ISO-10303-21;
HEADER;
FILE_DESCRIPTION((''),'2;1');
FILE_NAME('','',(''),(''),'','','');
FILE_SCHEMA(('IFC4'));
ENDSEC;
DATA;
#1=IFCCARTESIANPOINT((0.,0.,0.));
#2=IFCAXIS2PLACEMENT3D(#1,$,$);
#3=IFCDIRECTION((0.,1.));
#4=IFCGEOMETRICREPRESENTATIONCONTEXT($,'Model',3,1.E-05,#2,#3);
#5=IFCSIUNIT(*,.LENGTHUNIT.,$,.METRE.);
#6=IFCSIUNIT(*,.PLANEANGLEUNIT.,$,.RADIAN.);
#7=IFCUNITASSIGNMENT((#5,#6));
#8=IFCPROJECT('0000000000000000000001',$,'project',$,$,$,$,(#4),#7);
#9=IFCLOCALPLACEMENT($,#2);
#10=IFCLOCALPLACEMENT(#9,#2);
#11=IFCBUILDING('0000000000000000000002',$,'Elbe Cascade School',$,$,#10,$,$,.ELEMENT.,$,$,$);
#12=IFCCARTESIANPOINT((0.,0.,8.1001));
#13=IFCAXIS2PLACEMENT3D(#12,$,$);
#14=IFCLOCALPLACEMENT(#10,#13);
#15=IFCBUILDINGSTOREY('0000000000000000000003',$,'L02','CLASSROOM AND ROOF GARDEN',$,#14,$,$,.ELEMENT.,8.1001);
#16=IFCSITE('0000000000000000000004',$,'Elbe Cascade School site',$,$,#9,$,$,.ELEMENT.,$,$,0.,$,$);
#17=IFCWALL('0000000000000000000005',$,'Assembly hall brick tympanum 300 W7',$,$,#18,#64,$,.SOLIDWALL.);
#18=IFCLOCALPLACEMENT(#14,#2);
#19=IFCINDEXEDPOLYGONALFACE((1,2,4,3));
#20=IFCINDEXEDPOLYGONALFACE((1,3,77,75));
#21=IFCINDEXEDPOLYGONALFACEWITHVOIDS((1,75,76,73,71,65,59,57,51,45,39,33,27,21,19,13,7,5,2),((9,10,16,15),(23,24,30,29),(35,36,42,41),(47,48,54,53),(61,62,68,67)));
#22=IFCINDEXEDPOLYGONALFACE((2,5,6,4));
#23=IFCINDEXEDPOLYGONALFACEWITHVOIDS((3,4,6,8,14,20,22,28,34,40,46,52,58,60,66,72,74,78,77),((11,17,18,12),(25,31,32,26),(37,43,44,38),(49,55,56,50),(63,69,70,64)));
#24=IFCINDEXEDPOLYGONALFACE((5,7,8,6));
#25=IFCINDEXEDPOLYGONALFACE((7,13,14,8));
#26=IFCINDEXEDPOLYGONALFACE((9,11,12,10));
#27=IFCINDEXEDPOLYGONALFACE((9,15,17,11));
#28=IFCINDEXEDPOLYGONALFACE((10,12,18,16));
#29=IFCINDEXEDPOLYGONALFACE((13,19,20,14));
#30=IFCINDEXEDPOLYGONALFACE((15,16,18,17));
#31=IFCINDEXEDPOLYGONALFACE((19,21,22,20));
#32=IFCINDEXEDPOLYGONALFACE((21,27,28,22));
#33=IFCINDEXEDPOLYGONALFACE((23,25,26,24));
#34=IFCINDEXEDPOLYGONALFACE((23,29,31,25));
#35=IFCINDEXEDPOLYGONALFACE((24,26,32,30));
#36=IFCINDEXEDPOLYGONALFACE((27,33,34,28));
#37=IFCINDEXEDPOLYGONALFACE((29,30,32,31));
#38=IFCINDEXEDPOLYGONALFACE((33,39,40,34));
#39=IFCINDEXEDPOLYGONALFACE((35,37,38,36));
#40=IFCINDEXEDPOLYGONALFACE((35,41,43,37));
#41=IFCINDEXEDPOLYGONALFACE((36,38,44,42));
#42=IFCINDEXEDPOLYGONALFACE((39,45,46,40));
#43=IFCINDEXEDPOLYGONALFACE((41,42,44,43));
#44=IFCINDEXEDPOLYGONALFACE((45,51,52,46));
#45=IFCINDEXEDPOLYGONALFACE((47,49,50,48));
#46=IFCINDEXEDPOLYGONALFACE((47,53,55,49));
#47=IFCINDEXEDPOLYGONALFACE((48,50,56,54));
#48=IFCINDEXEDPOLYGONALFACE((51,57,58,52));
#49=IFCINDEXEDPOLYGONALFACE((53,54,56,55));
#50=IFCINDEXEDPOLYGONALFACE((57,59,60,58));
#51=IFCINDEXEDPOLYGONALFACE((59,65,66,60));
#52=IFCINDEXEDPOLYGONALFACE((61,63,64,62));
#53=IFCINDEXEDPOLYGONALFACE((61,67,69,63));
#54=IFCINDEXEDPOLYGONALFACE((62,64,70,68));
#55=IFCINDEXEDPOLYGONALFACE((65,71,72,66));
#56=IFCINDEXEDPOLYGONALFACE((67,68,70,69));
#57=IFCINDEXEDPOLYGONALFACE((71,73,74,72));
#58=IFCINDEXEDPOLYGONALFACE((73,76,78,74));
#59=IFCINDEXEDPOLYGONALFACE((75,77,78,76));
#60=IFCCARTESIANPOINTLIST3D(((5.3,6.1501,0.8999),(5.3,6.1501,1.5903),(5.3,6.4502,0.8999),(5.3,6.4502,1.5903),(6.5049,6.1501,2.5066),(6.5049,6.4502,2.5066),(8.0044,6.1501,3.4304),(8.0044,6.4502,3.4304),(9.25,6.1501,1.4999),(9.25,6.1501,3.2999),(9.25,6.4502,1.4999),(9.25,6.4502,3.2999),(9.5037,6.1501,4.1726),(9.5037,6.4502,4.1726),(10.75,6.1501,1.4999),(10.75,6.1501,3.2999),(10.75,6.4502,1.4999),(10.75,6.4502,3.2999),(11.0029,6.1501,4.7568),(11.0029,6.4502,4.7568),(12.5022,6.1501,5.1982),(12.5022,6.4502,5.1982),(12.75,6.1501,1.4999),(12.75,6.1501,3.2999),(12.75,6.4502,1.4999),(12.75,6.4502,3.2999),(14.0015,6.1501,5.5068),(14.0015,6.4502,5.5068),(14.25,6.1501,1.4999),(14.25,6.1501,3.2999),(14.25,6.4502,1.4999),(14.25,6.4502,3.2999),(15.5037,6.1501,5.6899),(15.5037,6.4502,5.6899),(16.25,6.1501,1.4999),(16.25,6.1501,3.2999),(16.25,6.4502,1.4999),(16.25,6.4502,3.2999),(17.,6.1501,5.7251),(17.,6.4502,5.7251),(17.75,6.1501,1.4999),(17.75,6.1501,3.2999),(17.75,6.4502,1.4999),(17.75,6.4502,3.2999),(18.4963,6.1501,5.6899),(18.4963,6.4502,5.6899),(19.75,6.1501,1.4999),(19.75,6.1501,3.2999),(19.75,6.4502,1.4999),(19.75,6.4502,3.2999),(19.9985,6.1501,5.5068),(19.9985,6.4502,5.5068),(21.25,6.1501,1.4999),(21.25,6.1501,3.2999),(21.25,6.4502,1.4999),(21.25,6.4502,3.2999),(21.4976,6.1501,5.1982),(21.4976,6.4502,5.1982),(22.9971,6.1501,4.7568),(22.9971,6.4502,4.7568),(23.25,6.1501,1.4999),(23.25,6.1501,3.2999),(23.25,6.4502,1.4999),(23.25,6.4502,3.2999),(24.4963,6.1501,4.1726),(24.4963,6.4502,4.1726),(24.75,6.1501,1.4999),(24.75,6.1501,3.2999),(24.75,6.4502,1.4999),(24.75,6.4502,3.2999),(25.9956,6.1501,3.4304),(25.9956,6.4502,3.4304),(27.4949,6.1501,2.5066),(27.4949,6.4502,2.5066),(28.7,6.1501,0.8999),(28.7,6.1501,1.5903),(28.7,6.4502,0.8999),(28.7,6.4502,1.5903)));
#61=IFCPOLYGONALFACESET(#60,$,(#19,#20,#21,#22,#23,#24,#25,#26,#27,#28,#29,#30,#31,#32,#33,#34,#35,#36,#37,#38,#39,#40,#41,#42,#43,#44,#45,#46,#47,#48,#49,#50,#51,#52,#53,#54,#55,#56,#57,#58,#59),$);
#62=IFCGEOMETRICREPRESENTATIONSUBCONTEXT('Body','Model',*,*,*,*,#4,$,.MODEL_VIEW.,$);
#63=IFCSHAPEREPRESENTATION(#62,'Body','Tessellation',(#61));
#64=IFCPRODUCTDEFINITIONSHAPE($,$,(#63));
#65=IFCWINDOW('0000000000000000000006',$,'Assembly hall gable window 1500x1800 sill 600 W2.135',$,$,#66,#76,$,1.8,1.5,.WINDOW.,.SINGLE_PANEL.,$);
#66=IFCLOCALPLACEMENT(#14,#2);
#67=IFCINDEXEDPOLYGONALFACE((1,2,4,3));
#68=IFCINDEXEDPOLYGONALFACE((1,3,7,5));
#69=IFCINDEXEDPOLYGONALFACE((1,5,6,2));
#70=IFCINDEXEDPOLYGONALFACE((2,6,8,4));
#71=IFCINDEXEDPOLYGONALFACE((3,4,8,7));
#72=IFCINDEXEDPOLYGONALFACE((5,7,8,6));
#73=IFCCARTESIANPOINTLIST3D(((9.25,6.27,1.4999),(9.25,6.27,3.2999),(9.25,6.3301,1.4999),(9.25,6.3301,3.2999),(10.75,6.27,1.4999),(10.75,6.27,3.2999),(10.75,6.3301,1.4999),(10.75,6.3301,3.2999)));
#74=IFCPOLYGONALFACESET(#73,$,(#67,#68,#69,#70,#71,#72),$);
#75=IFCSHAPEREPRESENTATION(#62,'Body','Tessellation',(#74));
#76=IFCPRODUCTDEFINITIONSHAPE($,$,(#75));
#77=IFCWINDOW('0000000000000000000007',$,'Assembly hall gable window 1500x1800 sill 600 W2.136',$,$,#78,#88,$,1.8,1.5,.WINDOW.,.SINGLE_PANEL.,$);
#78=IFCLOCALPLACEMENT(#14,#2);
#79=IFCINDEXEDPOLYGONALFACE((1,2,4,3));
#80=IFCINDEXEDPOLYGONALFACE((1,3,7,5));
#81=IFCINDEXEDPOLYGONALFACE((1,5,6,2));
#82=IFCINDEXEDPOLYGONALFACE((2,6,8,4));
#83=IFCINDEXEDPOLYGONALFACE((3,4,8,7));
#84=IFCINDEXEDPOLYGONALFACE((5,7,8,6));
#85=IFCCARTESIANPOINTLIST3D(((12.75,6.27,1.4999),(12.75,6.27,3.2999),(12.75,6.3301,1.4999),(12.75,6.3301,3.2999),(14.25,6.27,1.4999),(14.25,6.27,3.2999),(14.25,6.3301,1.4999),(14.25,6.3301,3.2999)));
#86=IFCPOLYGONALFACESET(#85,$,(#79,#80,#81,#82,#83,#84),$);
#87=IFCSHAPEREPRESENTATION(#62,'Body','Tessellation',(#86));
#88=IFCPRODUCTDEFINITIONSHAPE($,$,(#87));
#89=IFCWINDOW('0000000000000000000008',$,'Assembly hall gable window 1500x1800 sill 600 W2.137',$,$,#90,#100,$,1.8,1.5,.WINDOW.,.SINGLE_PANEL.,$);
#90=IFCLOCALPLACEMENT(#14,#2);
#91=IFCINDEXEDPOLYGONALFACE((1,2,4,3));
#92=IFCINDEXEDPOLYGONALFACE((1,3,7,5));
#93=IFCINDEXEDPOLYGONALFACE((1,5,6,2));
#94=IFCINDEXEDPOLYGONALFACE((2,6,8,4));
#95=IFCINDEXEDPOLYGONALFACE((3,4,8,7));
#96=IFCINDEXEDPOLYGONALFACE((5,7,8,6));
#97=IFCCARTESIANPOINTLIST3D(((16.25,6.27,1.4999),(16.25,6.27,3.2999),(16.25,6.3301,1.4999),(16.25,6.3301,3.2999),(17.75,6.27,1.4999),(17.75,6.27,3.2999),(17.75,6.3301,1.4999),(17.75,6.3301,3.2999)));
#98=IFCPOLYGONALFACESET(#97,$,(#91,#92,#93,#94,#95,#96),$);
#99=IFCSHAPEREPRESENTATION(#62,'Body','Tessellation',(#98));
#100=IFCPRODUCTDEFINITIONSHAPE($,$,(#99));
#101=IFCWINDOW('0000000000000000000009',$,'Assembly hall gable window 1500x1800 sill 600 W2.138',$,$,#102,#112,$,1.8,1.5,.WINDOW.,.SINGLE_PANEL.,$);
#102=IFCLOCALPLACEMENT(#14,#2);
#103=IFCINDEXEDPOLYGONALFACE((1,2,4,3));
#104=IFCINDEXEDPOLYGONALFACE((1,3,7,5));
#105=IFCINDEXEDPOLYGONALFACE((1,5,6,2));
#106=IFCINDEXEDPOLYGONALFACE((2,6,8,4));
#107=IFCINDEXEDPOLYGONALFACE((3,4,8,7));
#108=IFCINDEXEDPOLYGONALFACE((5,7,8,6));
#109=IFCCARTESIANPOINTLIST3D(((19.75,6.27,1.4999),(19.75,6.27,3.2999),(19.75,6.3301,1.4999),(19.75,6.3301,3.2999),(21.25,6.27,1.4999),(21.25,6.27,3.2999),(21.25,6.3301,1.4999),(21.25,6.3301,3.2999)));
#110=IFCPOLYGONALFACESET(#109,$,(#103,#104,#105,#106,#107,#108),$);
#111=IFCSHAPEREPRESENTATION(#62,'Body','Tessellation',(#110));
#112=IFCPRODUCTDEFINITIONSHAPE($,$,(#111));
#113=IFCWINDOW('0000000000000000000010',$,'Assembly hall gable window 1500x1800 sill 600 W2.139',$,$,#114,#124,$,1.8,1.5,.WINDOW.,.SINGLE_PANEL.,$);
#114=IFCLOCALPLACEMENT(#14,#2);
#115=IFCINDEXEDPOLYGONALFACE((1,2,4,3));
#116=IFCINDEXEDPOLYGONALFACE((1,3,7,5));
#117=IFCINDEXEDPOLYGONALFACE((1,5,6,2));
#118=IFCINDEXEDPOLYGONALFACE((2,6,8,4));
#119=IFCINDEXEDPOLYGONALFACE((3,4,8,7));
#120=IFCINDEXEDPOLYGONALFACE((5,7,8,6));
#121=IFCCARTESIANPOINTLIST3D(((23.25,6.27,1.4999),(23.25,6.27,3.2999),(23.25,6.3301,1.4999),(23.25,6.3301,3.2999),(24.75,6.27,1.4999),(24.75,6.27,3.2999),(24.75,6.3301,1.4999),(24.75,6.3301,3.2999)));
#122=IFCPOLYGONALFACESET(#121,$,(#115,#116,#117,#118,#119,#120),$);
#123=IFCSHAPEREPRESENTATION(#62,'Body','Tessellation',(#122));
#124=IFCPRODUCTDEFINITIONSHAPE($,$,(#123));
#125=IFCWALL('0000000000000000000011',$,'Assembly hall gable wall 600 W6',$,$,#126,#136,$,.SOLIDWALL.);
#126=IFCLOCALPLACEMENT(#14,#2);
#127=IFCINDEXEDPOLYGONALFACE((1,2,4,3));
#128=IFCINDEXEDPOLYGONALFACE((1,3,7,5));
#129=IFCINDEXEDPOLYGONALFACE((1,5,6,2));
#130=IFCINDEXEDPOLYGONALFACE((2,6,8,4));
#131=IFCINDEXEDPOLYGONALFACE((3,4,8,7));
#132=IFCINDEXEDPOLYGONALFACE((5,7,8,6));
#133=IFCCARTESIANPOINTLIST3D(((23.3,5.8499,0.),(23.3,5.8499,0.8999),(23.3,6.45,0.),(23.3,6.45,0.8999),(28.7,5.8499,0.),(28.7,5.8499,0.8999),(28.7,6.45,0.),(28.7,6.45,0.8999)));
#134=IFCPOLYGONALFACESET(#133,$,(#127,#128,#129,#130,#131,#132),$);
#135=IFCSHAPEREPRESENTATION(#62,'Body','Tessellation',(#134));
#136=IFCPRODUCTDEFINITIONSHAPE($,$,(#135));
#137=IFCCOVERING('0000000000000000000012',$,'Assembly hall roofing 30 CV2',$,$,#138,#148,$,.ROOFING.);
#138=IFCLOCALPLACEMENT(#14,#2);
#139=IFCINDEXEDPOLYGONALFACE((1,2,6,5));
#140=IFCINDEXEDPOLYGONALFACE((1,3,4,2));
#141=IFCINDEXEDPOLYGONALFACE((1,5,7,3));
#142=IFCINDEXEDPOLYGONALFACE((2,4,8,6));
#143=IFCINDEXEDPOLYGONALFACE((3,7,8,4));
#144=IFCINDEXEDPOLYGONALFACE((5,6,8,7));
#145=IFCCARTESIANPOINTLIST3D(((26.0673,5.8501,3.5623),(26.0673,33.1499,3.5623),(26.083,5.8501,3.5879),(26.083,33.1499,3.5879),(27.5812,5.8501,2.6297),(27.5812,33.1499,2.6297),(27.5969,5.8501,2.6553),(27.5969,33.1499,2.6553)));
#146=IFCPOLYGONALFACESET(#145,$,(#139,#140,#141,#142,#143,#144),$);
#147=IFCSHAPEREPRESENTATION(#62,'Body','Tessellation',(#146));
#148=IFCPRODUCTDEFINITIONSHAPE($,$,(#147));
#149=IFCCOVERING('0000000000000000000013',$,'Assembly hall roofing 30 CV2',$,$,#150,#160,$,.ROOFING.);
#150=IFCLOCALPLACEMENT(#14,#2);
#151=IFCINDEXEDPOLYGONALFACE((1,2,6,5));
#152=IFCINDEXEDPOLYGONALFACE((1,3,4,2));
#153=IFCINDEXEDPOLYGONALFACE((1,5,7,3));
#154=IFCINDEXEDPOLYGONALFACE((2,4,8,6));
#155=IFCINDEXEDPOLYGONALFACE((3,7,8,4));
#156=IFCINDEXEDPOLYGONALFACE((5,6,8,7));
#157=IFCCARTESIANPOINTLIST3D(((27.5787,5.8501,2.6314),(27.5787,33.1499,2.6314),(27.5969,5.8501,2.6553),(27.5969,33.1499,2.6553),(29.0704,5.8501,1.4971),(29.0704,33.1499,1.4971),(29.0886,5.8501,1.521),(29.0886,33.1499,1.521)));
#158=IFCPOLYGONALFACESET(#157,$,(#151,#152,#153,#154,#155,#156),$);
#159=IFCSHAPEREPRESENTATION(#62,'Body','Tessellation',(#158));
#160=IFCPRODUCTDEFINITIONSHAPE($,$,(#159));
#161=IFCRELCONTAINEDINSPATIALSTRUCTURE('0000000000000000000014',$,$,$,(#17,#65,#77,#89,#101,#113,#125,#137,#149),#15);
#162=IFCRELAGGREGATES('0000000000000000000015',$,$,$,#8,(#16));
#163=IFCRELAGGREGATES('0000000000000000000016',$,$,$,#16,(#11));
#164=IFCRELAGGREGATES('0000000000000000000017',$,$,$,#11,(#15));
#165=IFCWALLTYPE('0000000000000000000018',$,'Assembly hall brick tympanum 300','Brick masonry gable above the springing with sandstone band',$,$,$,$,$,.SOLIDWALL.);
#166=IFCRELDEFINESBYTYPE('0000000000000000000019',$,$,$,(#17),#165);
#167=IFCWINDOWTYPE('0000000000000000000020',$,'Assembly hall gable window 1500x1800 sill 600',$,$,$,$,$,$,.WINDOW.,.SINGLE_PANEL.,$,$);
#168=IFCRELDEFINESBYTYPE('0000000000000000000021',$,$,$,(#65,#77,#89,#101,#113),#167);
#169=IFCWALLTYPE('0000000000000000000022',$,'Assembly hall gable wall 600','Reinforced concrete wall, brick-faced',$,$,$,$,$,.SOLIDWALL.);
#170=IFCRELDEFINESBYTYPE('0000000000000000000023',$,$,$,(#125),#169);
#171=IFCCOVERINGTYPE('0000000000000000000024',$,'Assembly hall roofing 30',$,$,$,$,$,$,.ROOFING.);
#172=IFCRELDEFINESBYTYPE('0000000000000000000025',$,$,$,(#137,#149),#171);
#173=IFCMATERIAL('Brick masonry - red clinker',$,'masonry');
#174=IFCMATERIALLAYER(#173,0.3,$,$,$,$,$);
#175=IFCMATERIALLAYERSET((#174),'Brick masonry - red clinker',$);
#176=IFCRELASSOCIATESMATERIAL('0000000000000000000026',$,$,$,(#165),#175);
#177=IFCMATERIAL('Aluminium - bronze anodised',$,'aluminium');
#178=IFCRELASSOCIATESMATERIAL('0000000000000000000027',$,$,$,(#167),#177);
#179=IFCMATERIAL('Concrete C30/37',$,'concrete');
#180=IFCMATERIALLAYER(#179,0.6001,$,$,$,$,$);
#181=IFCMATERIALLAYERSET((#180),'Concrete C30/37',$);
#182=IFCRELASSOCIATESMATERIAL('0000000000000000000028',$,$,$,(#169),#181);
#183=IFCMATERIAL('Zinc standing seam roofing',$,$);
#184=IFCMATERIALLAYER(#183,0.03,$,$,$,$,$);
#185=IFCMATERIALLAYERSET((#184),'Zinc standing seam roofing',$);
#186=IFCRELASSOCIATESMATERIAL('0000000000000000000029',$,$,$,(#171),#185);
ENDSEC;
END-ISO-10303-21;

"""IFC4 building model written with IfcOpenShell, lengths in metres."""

from ifc_helpers import new_model, si_unit, direction, frame, frame_2d, origin, place, context, subcontext, project, spatial, polyline, rectangle, outline, extrude, material, layer, layer_set, type_object, element, fill, save


model = new_model("IFC4")

# Units and contexts
model_context = context("Model", 3, precision=1e-05, world=origin(), true_north=direction((0.0, 1.0)))
body_context = subcontext(model_context, "Body", "Model", "MODEL_VIEW")
ifc_project = project(units=[si_unit("LENGTHUNIT", "METRE"), si_unit("PLANEANGLEUNIT", "RADIAN")], contexts=[model_context])

# Site, building, storey
site_placement = place(None, origin())
site = spatial("IfcSite", under=ifc_project, at=site_placement, Name="Elbe Cascade School site", CompositionType="ELEMENT", RefElevation=0.0)
building_placement = place(site_placement, origin())
building = spatial("IfcBuilding", under=site, at=building_placement, Name="Elbe Cascade School", CompositionType="ELEMENT")
storey_placement = place(building_placement, frame((0.0, 0.0, 8.1001)))
storey = spatial("IfcBuildingStorey", under=building, at=storey_placement, Name="L02", Description="CLASSROOM AND ROOF GARDEN", CompositionType="ELEMENT", Elevation=8.1001)

# Wall, openings, windows
ifc_material_1 = material(Name="Brick masonry - red clinker", Category="masonry")
ifc_layer_1 = layer(ifc_material_1, 0.3)
ifc_layer_set_1 = layer_set([ifc_layer_1], Name="Brick masonry - red clinker")
wall_type_1 = type_object("IfcWallType", Name="Assembly hall brick tympanum 300", Description="Brick masonry gable above the springing with sandstone band", PredefinedType="SOLIDWALL", material=ifc_layer_set_1)
wall_1_placement = place(storey_placement, frame((28.7, 6.3, 0.8999), z_axis=(0.0, 0.0, 1.0), x_axis=(-1.0, 0.0, 0.0)))
wall_1 = element("IfcWall", 1, at=wall_1_placement, inside=storey, type_object=wall_type_1, Name="Assembly hall brick tympanum 300 W7", PredefinedType="SOLIDWALL", context=body_context, shape_type="SweptSolid", body=[
    extrude(outline(polyline([(0.0, 0.0), (23.3999, 0.0), (23.3999, 0.6904), (22.1951, 1.6067), (20.6956, 2.5305), (19.1963, 3.2727), (17.697, 3.8569), (16.1978, 4.2983), (14.6985, 4.6069), (13.1963, 4.79), (11.7, 4.8252), (10.2036, 4.79), (8.7014, 4.6069), (7.2024, 4.2983), (5.7029, 3.8569), (4.2036, 3.2727), (2.7043, 2.5305), (1.2051, 1.6067), (0.0, 0.6904), (0.0, 0.0)])), frame((0.0, 0.1499, 0.0), z_axis=(0.0, -1.0, 0.0), x_axis=(1.0, 0.0, 0.0)), (0.0, 0.0, 1.0), 0.3),
])
opening_1_placement = place(wall_1_placement, frame((17.95, 0.0, 0.6001)))
opening_1 = element("IfcOpeningElement", 2, at=opening_1_placement, cuts=wall_1, PredefinedType="OPENING", context=body_context, shape_type="SweptSolid", body=[
    extrude(rectangle(XDim=1.5, YDim=1.8, at=frame_2d((0.75, 0.8999))), frame((0.0, 0.1599, 0.0), z_axis=(0.0, -1.0, 0.0), x_axis=(1.0, 0.0, 0.0)), (0.0, 0.0, 1.0), 0.3201),
])
opening_2_placement = place(wall_1_placement, frame((14.45, 0.0, 0.6001)))
opening_2 = element("IfcOpeningElement", 3, at=opening_2_placement, cuts=wall_1, PredefinedType="OPENING", context=body_context, shape_type="SweptSolid", body=[
    extrude(rectangle(XDim=1.5, YDim=1.8, at=frame_2d((0.75, 0.8999))), frame((0.0, 0.1599, 0.0), z_axis=(0.0, -1.0, 0.0), x_axis=(1.0, 0.0, 0.0)), (0.0, 0.0, 1.0), 0.3201),
])
opening_3_placement = place(wall_1_placement, frame((10.95, 0.0, 0.6001)))
opening_3 = element("IfcOpeningElement", 4, at=opening_3_placement, cuts=wall_1, PredefinedType="OPENING", context=body_context, shape_type="SweptSolid", body=[
    extrude(rectangle(XDim=1.5, YDim=1.8, at=frame_2d((0.75, 0.8999))), frame((0.0, 0.1599, 0.0), z_axis=(0.0, -1.0, 0.0), x_axis=(1.0, 0.0, 0.0)), (0.0, 0.0, 1.0), 0.3201),
])
opening_4_placement = place(wall_1_placement, frame((7.45, 0.0, 0.6001)))
opening_4 = element("IfcOpeningElement", 5, at=opening_4_placement, cuts=wall_1, PredefinedType="OPENING", context=body_context, shape_type="SweptSolid", body=[
    extrude(rectangle(XDim=1.5, YDim=1.8, at=frame_2d((0.75, 0.8999))), frame((0.0, 0.1599, 0.0), z_axis=(0.0, -1.0, 0.0), x_axis=(1.0, 0.0, 0.0)), (0.0, 0.0, 1.0), 0.3201),
])
opening_5_placement = place(wall_1_placement, frame((3.95, 0.0, 0.6001)))
opening_5 = element("IfcOpeningElement", 6, at=opening_5_placement, cuts=wall_1, PredefinedType="OPENING", context=body_context, shape_type="SweptSolid", body=[
    extrude(rectangle(XDim=1.5, YDim=1.8, at=frame_2d((0.75, 0.8999))), frame((0.0, 0.1599, 0.0), z_axis=(0.0, -1.0, 0.0), x_axis=(1.0, 0.0, 0.0)), (0.0, 0.0, 1.0), 0.3201),
])
ifc_material_2 = material(Name="Aluminium - bronze anodised", Category="aluminium")
window_type = type_object("IfcWindowType", Name="Assembly hall gable window 1500x1800 sill 600", PartitioningType="SINGLE_PANEL", PredefinedType="WINDOW", material=ifc_material_2)
window_1_placement = place(opening_1_placement, origin())
window_1 = element("IfcWindow", 7, at=window_1_placement, inside=storey, type_object=window_type, Name="Assembly hall gable window 1500x1800 sill 600 W2.135", OverallHeight=1.8, OverallWidth=1.5, PartitioningType="SINGLE_PANEL", PredefinedType="WINDOW", context=body_context, shape_type="SweptSolid", body=[
    extrude(rectangle(XDim=1.5, YDim=1.8, at=frame_2d((0.75, 0.8999))), frame((0.0, 0.03, 0.0), z_axis=(0.0, -1.0, 0.0), x_axis=(1.0, 0.0, 0.0)), (0.0, 0.0, 1.0), 0.0601),
])
fill(opening_1, window_1)
window_2_placement = place(opening_2_placement, origin())
window_2 = element("IfcWindow", 8, at=window_2_placement, inside=storey, type_object=window_type, Name="Assembly hall gable window 1500x1800 sill 600 W2.136", OverallHeight=1.8, OverallWidth=1.5, PartitioningType="SINGLE_PANEL", PredefinedType="WINDOW", context=body_context, shape_type="SweptSolid", body=[
    extrude(rectangle(XDim=1.5, YDim=1.8, at=frame_2d((0.75, 0.8999))), frame((0.0, 0.03, 0.0), z_axis=(0.0, -1.0, 0.0), x_axis=(1.0, 0.0, 0.0)), (0.0, 0.0, 1.0), 0.0601),
])
fill(opening_2, window_2)
window_3_placement = place(opening_3_placement, origin())
window_3 = element("IfcWindow", 9, at=window_3_placement, inside=storey, type_object=window_type, Name="Assembly hall gable window 1500x1800 sill 600 W2.137", OverallHeight=1.8, OverallWidth=1.5, PartitioningType="SINGLE_PANEL", PredefinedType="WINDOW", context=body_context, shape_type="SweptSolid", body=[
    extrude(rectangle(XDim=1.5, YDim=1.8, at=frame_2d((0.75, 0.8999))), frame((0.0, 0.03, 0.0), z_axis=(0.0, -1.0, 0.0), x_axis=(1.0, 0.0, 0.0)), (0.0, 0.0, 1.0), 0.0601),
])
fill(opening_3, window_3)
window_4_placement = place(opening_4_placement, origin())
window_4 = element("IfcWindow", 10, at=window_4_placement, inside=storey, type_object=window_type, Name="Assembly hall gable window 1500x1800 sill 600 W2.138", OverallHeight=1.8, OverallWidth=1.5, PartitioningType="SINGLE_PANEL", PredefinedType="WINDOW", context=body_context, shape_type="SweptSolid", body=[
    extrude(rectangle(XDim=1.5, YDim=1.8, at=frame_2d((0.75, 0.8999))), frame((0.0, 0.03, 0.0), z_axis=(0.0, -1.0, 0.0), x_axis=(1.0, 0.0, 0.0)), (0.0, 0.0, 1.0), 0.0601),
])
fill(opening_4, window_4)
window_5_placement = place(opening_5_placement, origin())
window_5 = element("IfcWindow", 11, at=window_5_placement, inside=storey, type_object=window_type, Name="Assembly hall gable window 1500x1800 sill 600 W2.139", OverallHeight=1.8, OverallWidth=1.5, PartitioningType="SINGLE_PANEL", PredefinedType="WINDOW", context=body_context, shape_type="SweptSolid", body=[
    extrude(rectangle(XDim=1.5, YDim=1.8, at=frame_2d((0.75, 0.8999))), frame((0.0, 0.03, 0.0), z_axis=(0.0, -1.0, 0.0), x_axis=(1.0, 0.0, 0.0)), (0.0, 0.0, 1.0), 0.0601),
])
fill(opening_5, window_5)

# Wall
ifc_material_3 = material(Name="Concrete C30/37", Category="concrete")
ifc_layer_2 = layer(ifc_material_3, 0.6001)
ifc_layer_set_2 = layer_set([ifc_layer_2], Name="Concrete C30/37")
wall_type_2 = type_object("IfcWallType", Name="Assembly hall gable wall 600", Description="Reinforced concrete wall, brick-faced", PredefinedType="SOLIDWALL", material=ifc_layer_set_2)
wall_2_placement = place(storey_placement, frame((28.7, 6.1499, 0.0), z_axis=(0.0, 0.0, 1.0), x_axis=(-1.0, 0.0, 0.0)))
element("IfcWall", 12, at=wall_2_placement, inside=storey, type_object=wall_type_2, Name="Assembly hall gable wall 600 W6", PredefinedType="SOLIDWALL", context=body_context, shape_type="SweptSolid", body=[
    extrude(rectangle(XDim=5.3999, YDim=0.6001, at=frame_2d((2.7, 0.0))), origin(), (0.0, 0.0, 1.0), 0.8999),
])

# Coverings
ifc_material_4 = material(Name="Zinc standing seam roofing")
ifc_layer_3 = layer(ifc_material_4, 0.03)
ifc_layer_set_3 = layer_set([ifc_layer_3], Name="Zinc standing seam roofing")
covering_type = type_object("IfcCoveringType", Name="Assembly hall roofing 30", PredefinedType="ROOFING", material=ifc_layer_set_3)
covering_1_placement = place(storey_placement, frame((26.083, 5.8501, 3.5879), z_axis=(0.524496, 0.0, 0.851413), x_axis=(0.851413, 0.0, -0.524496)))
element("IfcCovering", 13, at=covering_1_placement, inside=storey, type_object=covering_type, Name="Assembly hall roofing 30 CV2", PredefinedType="ROOFING", context=body_context, shape_type="SweptSolid", body=[
    extrude(outline(polyline([(0.0, 0.0), (1.7781, 0.0), (1.7781, 27.2998), (0.0, 27.2998), (0.0, 0.0)])), origin(), (0.0, 0.0, -1.0), 0.03),
])
covering_2_placement = place(storey_placement, frame((27.5969, 5.8501, 2.6553), z_axis=(0.605281, 0.0, 0.796012), x_axis=(0.796012, 0.0, -0.605281)))
element("IfcCovering", 14, at=covering_2_placement, inside=storey, type_object=covering_type, Name="Assembly hall roofing 30 CV2", PredefinedType="ROOFING", context=body_context, shape_type="SweptSolid", body=[
    extrude(outline(polyline([(0.0, 0.0), (1.874, 0.0), (1.874, 27.2998), (0.0, 27.2998), (0.0, 0.0)])), origin(), (0.0, 0.0, -1.0), 0.03),
])

save(model, "model.ifc")
